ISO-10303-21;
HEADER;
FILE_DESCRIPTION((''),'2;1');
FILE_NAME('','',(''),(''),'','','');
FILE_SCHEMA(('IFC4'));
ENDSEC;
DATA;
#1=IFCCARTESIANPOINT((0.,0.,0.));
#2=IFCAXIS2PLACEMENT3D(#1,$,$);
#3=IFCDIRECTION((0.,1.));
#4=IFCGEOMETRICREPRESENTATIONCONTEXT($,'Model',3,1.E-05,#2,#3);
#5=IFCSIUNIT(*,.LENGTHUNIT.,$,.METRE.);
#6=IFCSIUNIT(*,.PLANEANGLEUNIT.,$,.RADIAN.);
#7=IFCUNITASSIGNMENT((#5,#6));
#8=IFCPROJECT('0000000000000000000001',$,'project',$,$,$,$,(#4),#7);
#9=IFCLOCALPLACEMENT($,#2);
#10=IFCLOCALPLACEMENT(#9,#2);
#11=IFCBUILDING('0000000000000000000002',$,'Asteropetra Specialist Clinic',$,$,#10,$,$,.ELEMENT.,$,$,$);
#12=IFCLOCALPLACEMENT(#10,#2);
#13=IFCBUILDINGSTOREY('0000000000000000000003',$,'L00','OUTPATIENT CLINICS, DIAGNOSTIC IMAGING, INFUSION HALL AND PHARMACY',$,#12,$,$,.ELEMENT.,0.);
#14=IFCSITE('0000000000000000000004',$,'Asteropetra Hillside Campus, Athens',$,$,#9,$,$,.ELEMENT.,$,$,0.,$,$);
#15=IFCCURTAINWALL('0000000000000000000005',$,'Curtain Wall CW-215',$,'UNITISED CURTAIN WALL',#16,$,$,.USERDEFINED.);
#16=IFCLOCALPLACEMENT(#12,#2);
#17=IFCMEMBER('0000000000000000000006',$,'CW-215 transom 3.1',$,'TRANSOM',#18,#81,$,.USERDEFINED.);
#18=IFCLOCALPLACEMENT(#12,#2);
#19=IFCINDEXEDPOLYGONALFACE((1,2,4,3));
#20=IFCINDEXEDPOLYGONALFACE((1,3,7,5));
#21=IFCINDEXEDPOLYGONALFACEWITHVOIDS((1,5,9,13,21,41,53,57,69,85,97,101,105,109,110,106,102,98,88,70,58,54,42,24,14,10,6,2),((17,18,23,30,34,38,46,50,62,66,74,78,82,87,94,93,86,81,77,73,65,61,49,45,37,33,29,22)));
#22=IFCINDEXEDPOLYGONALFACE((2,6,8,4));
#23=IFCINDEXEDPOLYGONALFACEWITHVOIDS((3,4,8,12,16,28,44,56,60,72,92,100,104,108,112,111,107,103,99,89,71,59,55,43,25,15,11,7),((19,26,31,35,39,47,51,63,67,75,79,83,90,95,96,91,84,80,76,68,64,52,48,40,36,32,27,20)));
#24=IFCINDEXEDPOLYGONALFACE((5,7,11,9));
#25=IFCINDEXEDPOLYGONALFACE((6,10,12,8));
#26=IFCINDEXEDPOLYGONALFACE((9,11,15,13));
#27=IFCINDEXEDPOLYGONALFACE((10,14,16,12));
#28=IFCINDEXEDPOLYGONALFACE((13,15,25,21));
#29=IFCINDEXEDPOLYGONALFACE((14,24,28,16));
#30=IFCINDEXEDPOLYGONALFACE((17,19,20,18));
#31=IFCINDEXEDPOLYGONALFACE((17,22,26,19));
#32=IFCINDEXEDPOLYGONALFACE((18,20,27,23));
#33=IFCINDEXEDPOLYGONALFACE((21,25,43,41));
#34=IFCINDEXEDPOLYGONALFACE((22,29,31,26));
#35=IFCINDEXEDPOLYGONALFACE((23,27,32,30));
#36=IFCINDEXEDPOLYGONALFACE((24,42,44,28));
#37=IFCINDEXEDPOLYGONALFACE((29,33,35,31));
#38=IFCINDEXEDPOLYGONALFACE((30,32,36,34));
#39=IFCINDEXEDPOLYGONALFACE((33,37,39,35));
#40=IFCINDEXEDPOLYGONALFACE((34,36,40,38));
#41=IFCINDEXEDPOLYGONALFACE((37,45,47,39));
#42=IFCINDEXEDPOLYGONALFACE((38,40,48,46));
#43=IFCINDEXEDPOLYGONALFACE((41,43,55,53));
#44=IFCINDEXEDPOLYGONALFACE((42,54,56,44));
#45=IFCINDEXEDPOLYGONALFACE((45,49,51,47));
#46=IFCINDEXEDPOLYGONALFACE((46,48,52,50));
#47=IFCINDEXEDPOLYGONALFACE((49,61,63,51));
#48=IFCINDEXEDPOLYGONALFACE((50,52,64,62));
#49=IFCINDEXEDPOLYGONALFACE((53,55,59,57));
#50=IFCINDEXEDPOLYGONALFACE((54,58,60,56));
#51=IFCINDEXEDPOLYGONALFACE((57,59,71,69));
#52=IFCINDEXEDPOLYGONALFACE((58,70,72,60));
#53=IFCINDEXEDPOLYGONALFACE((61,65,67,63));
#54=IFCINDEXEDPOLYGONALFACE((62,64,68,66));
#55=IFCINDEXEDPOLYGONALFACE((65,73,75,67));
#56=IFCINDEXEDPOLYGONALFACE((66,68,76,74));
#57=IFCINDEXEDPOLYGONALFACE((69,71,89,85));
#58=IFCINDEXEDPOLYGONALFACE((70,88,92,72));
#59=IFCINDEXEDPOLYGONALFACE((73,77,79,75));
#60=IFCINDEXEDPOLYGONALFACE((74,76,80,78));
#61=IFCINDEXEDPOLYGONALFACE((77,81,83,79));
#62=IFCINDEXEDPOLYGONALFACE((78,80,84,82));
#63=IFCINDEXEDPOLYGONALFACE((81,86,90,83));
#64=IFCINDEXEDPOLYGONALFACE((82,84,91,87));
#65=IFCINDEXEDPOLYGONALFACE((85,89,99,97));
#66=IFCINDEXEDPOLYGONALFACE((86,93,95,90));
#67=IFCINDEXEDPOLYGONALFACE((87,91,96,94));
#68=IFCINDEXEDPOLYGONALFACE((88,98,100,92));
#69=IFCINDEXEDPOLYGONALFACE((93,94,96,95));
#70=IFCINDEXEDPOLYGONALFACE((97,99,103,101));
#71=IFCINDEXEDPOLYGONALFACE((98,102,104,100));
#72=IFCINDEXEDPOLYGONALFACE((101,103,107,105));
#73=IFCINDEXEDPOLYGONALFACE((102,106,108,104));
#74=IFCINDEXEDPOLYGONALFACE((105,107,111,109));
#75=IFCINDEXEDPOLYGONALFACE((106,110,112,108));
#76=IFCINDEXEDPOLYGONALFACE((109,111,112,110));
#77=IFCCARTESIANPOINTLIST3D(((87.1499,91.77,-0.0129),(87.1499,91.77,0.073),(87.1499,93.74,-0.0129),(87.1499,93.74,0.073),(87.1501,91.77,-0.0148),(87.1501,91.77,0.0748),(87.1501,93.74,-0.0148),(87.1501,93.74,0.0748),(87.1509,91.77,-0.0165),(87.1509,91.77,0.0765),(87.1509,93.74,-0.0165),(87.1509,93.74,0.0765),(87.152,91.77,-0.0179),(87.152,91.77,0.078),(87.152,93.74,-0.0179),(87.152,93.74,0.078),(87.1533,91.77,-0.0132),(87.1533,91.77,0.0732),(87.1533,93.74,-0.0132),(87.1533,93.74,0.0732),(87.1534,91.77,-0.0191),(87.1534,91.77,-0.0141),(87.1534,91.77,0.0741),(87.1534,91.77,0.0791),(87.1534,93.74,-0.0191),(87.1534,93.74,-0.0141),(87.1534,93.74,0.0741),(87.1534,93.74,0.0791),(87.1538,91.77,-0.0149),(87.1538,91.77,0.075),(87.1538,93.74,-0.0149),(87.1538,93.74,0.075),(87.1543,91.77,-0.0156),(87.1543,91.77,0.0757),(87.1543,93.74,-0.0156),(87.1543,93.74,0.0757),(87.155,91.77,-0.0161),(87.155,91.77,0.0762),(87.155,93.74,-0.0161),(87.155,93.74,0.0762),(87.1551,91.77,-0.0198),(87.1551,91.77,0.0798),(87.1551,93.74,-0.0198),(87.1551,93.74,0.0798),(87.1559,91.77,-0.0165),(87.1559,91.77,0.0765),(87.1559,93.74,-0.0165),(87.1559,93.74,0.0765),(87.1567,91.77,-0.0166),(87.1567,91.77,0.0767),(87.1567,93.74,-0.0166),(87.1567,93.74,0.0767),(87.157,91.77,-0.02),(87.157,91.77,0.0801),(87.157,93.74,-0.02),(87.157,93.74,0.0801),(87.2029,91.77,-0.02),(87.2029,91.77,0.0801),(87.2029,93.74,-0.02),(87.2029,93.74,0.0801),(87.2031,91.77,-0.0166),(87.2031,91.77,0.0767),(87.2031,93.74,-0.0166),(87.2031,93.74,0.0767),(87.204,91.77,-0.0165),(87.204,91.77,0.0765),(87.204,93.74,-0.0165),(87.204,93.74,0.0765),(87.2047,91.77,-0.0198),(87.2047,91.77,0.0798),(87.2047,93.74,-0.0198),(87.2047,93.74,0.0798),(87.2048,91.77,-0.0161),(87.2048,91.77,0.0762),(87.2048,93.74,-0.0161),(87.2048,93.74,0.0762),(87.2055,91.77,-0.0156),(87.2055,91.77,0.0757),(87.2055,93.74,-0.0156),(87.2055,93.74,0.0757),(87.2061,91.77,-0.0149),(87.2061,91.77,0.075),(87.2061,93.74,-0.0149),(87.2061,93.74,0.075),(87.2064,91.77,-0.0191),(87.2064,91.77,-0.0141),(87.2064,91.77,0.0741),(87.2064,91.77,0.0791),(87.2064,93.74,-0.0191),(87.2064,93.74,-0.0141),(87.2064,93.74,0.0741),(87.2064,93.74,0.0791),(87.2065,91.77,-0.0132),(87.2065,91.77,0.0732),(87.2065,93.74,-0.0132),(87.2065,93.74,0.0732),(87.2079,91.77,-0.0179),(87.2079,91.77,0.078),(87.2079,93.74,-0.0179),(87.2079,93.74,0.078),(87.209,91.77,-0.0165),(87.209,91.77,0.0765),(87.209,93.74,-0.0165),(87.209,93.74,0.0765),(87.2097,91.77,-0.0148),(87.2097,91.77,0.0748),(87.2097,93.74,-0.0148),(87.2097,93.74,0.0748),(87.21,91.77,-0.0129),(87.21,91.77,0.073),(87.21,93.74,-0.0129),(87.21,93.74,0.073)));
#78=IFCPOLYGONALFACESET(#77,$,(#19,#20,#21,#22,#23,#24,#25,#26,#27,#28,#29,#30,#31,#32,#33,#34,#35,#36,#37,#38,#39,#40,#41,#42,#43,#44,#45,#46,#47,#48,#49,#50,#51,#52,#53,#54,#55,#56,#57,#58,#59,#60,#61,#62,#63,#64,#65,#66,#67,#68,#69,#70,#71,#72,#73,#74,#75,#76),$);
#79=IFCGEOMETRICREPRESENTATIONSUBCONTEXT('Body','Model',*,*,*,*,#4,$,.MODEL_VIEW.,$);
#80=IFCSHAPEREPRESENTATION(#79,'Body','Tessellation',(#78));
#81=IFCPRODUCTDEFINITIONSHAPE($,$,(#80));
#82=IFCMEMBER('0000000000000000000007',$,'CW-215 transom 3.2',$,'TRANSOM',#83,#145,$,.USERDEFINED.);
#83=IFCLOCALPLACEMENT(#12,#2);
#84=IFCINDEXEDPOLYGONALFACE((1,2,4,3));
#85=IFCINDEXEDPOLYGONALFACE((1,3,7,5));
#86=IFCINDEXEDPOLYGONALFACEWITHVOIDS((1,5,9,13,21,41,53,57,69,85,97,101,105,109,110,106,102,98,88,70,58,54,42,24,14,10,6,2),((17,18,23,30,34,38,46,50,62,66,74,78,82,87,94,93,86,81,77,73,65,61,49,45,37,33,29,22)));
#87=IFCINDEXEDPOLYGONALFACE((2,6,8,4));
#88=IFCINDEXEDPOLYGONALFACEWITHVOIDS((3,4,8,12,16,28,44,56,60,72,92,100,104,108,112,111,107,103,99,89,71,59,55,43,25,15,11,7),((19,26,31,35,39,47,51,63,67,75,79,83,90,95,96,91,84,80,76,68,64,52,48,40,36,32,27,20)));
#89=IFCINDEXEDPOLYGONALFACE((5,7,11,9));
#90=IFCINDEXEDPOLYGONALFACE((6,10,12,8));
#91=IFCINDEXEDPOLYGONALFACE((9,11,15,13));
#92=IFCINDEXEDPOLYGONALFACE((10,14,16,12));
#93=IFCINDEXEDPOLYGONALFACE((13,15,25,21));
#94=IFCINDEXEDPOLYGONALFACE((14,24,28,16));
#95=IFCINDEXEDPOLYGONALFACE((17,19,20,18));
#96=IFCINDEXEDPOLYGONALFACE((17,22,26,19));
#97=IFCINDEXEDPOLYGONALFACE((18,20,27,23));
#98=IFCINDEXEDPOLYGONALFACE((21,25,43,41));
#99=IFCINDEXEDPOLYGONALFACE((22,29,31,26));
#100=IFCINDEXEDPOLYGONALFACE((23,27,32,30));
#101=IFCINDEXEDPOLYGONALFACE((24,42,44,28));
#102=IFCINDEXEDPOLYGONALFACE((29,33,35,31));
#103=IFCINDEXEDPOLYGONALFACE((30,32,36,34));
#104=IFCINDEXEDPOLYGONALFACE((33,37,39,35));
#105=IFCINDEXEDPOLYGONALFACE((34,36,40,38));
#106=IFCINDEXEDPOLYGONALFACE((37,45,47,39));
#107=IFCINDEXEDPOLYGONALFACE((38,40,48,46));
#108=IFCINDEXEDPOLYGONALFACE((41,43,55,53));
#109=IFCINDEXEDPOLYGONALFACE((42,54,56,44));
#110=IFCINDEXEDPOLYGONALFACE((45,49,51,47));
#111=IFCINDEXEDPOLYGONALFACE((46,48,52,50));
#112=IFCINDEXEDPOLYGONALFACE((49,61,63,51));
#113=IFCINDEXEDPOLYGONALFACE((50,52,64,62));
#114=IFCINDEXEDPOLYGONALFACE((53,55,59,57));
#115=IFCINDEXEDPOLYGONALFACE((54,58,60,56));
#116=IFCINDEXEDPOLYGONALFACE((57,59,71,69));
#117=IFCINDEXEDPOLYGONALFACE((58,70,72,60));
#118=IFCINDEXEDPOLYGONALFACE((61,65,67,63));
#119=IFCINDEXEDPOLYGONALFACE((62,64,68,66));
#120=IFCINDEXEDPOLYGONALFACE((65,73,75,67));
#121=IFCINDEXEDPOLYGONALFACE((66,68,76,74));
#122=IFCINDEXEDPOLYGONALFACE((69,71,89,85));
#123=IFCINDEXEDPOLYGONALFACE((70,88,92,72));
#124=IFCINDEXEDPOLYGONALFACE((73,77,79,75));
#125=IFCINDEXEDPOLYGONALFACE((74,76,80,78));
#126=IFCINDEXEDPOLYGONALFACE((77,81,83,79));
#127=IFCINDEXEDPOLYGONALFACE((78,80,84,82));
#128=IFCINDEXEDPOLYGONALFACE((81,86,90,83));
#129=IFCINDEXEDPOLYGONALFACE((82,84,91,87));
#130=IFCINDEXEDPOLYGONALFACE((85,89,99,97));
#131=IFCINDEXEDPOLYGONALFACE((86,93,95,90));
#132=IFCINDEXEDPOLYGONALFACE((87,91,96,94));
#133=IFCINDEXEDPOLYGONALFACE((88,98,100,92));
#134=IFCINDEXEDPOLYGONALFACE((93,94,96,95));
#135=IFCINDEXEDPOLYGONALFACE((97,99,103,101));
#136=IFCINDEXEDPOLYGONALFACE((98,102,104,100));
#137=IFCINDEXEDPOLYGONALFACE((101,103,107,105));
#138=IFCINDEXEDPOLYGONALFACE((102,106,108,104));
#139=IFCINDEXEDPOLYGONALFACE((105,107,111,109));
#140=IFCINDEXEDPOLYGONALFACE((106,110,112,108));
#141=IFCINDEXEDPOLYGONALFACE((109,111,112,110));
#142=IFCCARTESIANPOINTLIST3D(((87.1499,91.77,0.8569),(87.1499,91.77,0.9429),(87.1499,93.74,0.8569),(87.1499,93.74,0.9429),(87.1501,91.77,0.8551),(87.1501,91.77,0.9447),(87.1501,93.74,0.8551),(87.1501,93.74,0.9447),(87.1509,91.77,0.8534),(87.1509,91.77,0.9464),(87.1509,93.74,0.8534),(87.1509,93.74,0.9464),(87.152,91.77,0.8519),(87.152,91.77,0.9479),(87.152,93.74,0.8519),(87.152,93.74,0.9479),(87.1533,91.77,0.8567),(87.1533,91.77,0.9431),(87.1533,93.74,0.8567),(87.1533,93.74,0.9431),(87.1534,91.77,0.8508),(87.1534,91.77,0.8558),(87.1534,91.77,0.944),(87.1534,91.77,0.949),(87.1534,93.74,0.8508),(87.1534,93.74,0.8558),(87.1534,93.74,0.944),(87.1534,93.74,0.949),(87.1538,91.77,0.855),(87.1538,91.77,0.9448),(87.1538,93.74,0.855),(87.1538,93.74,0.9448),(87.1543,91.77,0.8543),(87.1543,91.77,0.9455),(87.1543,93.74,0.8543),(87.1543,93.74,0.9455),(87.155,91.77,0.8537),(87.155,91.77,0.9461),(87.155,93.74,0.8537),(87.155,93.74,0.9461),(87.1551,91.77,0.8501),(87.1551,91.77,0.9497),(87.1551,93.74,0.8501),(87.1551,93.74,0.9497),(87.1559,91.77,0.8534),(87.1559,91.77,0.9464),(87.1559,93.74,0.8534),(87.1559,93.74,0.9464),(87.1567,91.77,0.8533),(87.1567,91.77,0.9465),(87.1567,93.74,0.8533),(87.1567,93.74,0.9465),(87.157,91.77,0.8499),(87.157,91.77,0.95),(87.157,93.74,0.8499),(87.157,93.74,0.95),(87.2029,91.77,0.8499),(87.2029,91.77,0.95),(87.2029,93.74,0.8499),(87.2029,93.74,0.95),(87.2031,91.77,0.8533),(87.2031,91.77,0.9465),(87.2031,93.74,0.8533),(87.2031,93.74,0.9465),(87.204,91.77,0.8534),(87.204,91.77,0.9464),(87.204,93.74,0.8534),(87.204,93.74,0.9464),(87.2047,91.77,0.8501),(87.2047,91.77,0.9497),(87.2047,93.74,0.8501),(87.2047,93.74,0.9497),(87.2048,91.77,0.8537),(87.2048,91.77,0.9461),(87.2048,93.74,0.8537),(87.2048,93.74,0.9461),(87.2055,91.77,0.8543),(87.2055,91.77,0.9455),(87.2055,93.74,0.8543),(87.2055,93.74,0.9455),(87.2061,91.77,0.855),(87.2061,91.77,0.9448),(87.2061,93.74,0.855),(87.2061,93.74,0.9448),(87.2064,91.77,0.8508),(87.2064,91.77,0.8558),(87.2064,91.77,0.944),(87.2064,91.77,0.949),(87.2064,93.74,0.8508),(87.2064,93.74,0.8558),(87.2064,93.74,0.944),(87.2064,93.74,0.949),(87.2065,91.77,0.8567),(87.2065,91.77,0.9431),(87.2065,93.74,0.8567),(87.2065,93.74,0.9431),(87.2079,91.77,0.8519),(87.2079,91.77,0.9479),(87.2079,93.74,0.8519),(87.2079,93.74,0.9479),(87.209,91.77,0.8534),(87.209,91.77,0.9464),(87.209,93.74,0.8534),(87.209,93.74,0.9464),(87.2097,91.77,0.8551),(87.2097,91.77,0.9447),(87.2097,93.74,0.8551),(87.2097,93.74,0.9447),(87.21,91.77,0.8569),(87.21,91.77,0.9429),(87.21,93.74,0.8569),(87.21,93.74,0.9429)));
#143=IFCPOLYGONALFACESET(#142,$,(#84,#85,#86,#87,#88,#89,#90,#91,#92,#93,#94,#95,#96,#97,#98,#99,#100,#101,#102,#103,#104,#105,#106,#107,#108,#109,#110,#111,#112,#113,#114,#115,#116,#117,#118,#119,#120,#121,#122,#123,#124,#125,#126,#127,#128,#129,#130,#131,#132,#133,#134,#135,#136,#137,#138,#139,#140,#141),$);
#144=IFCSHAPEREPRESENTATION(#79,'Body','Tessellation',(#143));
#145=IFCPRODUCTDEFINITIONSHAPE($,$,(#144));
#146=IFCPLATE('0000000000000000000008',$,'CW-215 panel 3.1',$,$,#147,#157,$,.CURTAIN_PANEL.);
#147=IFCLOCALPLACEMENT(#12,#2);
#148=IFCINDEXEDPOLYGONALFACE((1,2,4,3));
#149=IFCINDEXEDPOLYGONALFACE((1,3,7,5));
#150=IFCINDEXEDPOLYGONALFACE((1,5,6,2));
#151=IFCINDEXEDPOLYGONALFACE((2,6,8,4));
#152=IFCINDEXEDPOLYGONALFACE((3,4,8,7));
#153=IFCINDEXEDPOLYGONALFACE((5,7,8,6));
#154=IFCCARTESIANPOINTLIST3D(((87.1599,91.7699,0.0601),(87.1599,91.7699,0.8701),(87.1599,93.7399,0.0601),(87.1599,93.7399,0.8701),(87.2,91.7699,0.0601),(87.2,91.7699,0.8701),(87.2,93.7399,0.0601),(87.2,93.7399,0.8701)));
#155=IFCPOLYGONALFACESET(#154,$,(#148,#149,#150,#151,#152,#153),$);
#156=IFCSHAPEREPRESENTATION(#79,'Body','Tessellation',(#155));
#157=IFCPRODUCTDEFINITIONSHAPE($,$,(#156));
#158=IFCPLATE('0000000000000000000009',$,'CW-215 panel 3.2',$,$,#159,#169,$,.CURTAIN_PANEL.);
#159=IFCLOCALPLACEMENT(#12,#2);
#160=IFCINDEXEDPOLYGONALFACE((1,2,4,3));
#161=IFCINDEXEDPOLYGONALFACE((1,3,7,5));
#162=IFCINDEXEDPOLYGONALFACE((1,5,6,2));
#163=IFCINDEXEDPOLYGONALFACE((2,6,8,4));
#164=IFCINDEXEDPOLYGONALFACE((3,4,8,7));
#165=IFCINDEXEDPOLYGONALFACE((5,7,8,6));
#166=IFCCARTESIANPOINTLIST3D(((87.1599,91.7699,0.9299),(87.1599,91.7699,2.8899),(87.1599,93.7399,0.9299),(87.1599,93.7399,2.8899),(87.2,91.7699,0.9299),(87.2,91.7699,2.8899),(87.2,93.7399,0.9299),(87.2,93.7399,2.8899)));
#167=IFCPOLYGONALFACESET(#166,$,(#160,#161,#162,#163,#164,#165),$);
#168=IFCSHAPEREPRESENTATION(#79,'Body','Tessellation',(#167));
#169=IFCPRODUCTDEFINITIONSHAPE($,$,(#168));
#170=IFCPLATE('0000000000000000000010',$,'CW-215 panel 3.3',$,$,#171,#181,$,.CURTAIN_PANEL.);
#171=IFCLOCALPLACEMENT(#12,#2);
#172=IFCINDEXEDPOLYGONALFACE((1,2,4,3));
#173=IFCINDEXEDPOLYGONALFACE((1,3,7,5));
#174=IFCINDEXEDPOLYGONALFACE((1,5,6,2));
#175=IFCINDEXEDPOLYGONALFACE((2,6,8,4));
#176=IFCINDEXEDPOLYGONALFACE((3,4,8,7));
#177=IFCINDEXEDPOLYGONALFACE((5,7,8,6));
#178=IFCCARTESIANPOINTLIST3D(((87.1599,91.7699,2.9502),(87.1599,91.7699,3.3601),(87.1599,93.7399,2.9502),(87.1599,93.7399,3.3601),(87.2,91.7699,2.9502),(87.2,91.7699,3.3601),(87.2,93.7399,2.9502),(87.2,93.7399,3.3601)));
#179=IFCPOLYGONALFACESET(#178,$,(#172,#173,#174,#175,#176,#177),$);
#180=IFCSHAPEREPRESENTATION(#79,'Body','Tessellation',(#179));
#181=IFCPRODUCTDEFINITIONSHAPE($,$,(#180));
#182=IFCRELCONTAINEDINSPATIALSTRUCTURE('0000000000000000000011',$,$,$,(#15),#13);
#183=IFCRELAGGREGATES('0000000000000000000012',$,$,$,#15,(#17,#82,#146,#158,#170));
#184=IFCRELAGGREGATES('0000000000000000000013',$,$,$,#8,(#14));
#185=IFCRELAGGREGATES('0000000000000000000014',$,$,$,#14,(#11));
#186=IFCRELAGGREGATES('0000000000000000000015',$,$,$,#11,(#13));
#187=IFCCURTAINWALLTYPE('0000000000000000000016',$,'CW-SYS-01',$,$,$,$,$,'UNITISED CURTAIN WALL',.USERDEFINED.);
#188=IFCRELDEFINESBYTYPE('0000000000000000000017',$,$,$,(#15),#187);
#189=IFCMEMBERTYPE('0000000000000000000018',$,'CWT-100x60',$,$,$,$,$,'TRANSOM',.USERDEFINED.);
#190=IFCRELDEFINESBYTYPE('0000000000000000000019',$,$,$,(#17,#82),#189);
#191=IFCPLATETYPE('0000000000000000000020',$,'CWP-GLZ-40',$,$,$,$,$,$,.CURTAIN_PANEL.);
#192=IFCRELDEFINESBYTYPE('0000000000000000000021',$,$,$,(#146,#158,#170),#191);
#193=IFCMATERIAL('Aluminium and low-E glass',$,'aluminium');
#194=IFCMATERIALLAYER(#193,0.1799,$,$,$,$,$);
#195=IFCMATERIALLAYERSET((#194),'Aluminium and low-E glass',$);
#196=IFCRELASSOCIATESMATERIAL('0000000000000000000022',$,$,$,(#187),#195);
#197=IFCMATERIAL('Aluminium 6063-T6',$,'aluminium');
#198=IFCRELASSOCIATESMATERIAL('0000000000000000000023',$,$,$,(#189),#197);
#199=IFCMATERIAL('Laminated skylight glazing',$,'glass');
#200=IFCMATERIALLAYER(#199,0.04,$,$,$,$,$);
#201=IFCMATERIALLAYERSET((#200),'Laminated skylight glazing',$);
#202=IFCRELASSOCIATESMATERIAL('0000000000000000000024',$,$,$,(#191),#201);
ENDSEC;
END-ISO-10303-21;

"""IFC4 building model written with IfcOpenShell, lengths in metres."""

from ifc_helpers import new_model, si_unit, direction, frame, origin, origin_2d, place, context, subcontext, project, spatial, rectangle, hollow_rectangle, extrude, material, layer, layer_set, material_profile, profile_set, type_object, element, aggregate, save


model = new_model("IFC4")

# Units and contexts
model_context = context("Model", 3, precision=1e-05, world=origin(), true_north=direction((0.0, 1.0)))
body_context = subcontext(model_context, "Body", "Model", "MODEL_VIEW")
ifc_project = project(units=[si_unit("LENGTHUNIT", "METRE"), si_unit("PLANEANGLEUNIT", "RADIAN")], contexts=[model_context])

# Site, building, storey
site_placement = place(None, origin())
site = spatial("IfcSite", under=ifc_project, at=site_placement, Name="Asteropetra Hillside Campus, Athens", CompositionType="ELEMENT", RefElevation=0.0)
building_placement = place(site_placement, origin())
building = spatial("IfcBuilding", under=site, at=building_placement, Name="Asteropetra Specialist Clinic", CompositionType="ELEMENT")
storey_placement = place(building_placement, origin())
storey = spatial("IfcBuildingStorey", under=building, at=storey_placement, Name="L00", Description="OUTPATIENT CLINICS, DIAGNOSTIC IMAGING, INFUSION HALL AND PHARMACY", CompositionType="ELEMENT", Elevation=0.0)

# Curtain wall, members, plates
ifc_material_1 = material(Name="Aluminium and low-E glass", Category="aluminium")
ifc_layer_1 = layer(ifc_material_1, 0.1799)
ifc_layer_set_1 = layer_set([ifc_layer_1], Name="Aluminium and low-E glass")
curtain_wall_type = type_object("IfcCurtainWallType", Name="CW-SYS-01", ElementType="UNITISED CURTAIN WALL", PredefinedType="USERDEFINED", material=ifc_layer_set_1)
curtain_wall_placement = place(storey_placement, origin())
curtain_wall = element("IfcCurtainWall", 1, at=curtain_wall_placement, inside=storey, type_object=curtain_wall_type, Name="Curtain Wall CW-215", ObjectType="UNITISED CURTAIN WALL", PredefinedType="USERDEFINED")
ifc_material_2 = material(Name="Aluminium 6063-T6", Category="aluminium")
ifc_material_profile_1 = material_profile(ifc_material_2, hollow_rectangle(XDim=0.0601, YDim=0.1001, WallThickness=0.0034, InnerFilletRadius=0.0034, OuterFilletRadius=0.0071, at=origin_2d()), Name="TRN 100x60x3.5")
ifc_profile_set_1 = profile_set([ifc_material_profile_1], Name="Aluminium 6063-T6")
member_type = type_object("IfcMemberType", Name="CWT-100x60", ElementType="TRANSOM", PredefinedType="USERDEFINED", material=ifc_profile_set_1)
member_1_placement = place(storey_placement, frame((87.1799, 93.74, 0.03), z_axis=(0.0, -1.0, 0.0), x_axis=(1.0, 0.0, 0.0)))
member_1 = element("IfcMember", 2, at=member_1_placement, type_object=member_type, Name="CW-215 transom 3.1", ObjectType="TRANSOM", PredefinedType="USERDEFINED", context=body_context, shape_type="SweptSolid", body=[
    extrude(hollow_rectangle(XDim=0.0601, YDim=0.1001, WallThickness=0.0034, InnerFilletRadius=0.0034, OuterFilletRadius=0.0071, at=origin_2d()), origin(), (0.0, 0.0, 1.0), 1.97),
])
member_2_placement = place(storey_placement, frame((87.1799, 93.74, 0.8999), z_axis=(0.0, -1.0, 0.0), x_axis=(1.0, 0.0, 0.0)))
member_2 = element("IfcMember", 3, at=member_2_placement, type_object=member_type, Name="CW-215 transom 3.2", ObjectType="TRANSOM", PredefinedType="USERDEFINED", context=body_context, shape_type="SweptSolid", body=[
    extrude(hollow_rectangle(XDim=0.0601, YDim=0.1001, WallThickness=0.0034, InnerFilletRadius=0.0034, OuterFilletRadius=0.0071, at=origin_2d()), origin(), (0.0, 0.0, 1.0), 1.97),
])
ifc_material_3 = material(Name="Laminated skylight glazing", Category="glass")
ifc_layer_2 = layer(ifc_material_3, 0.04)
ifc_layer_set_2 = layer_set([ifc_layer_2], Name="Laminated skylight glazing")
plate_type = type_object("IfcPlateType", Name="CWP-GLZ-40", PredefinedType="CURTAIN_PANEL", material=ifc_layer_set_2)
plate_1_placement = place(storey_placement, frame((87.1799, 92.7549, 0.0601), z_axis=(0.0, 0.0, 1.0), x_axis=(0.0, -1.0, 0.0)))
plate_1 = element("IfcPlate", 4, at=plate_1_placement, type_object=plate_type, Name="CW-215 panel 3.1", PredefinedType="CURTAIN_PANEL", context=body_context, shape_type="SweptSolid", body=[
    extrude(rectangle(XDim=1.97, YDim=0.04, at=origin_2d()), origin(), (0.0, 0.0, 1.0), 0.8101),
])
plate_2_placement = place(storey_placement, frame((87.1799, 92.7549, 0.9299), z_axis=(0.0, 0.0, 1.0), x_axis=(0.0, -1.0, 0.0)))
plate_2 = element("IfcPlate", 5, at=plate_2_placement, type_object=plate_type, Name="CW-215 panel 3.2", PredefinedType="CURTAIN_PANEL", context=body_context, shape_type="SweptSolid", body=[
    extrude(rectangle(XDim=1.97, YDim=0.04, at=origin_2d()), origin(), (0.0, 0.0, 1.0), 1.96),
])
plate_3_placement = place(storey_placement, frame((87.1799, 92.7549, 2.9502), z_axis=(0.0, 0.0, 1.0), x_axis=(0.0, -1.0, 0.0)))
plate_3 = element("IfcPlate", 6, at=plate_3_placement, type_object=plate_type, Name="CW-215 panel 3.3", PredefinedType="CURTAIN_PANEL", context=body_context, shape_type="SweptSolid", body=[
    extrude(rectangle(XDim=1.97, YDim=0.04, at=origin_2d()), origin(), (0.0, 0.0, 1.0), 0.4099),
])
aggregate(curtain_wall, [member_1, member_2, plate_1, plate_2, plate_3])

save(model, "model.ifc")
